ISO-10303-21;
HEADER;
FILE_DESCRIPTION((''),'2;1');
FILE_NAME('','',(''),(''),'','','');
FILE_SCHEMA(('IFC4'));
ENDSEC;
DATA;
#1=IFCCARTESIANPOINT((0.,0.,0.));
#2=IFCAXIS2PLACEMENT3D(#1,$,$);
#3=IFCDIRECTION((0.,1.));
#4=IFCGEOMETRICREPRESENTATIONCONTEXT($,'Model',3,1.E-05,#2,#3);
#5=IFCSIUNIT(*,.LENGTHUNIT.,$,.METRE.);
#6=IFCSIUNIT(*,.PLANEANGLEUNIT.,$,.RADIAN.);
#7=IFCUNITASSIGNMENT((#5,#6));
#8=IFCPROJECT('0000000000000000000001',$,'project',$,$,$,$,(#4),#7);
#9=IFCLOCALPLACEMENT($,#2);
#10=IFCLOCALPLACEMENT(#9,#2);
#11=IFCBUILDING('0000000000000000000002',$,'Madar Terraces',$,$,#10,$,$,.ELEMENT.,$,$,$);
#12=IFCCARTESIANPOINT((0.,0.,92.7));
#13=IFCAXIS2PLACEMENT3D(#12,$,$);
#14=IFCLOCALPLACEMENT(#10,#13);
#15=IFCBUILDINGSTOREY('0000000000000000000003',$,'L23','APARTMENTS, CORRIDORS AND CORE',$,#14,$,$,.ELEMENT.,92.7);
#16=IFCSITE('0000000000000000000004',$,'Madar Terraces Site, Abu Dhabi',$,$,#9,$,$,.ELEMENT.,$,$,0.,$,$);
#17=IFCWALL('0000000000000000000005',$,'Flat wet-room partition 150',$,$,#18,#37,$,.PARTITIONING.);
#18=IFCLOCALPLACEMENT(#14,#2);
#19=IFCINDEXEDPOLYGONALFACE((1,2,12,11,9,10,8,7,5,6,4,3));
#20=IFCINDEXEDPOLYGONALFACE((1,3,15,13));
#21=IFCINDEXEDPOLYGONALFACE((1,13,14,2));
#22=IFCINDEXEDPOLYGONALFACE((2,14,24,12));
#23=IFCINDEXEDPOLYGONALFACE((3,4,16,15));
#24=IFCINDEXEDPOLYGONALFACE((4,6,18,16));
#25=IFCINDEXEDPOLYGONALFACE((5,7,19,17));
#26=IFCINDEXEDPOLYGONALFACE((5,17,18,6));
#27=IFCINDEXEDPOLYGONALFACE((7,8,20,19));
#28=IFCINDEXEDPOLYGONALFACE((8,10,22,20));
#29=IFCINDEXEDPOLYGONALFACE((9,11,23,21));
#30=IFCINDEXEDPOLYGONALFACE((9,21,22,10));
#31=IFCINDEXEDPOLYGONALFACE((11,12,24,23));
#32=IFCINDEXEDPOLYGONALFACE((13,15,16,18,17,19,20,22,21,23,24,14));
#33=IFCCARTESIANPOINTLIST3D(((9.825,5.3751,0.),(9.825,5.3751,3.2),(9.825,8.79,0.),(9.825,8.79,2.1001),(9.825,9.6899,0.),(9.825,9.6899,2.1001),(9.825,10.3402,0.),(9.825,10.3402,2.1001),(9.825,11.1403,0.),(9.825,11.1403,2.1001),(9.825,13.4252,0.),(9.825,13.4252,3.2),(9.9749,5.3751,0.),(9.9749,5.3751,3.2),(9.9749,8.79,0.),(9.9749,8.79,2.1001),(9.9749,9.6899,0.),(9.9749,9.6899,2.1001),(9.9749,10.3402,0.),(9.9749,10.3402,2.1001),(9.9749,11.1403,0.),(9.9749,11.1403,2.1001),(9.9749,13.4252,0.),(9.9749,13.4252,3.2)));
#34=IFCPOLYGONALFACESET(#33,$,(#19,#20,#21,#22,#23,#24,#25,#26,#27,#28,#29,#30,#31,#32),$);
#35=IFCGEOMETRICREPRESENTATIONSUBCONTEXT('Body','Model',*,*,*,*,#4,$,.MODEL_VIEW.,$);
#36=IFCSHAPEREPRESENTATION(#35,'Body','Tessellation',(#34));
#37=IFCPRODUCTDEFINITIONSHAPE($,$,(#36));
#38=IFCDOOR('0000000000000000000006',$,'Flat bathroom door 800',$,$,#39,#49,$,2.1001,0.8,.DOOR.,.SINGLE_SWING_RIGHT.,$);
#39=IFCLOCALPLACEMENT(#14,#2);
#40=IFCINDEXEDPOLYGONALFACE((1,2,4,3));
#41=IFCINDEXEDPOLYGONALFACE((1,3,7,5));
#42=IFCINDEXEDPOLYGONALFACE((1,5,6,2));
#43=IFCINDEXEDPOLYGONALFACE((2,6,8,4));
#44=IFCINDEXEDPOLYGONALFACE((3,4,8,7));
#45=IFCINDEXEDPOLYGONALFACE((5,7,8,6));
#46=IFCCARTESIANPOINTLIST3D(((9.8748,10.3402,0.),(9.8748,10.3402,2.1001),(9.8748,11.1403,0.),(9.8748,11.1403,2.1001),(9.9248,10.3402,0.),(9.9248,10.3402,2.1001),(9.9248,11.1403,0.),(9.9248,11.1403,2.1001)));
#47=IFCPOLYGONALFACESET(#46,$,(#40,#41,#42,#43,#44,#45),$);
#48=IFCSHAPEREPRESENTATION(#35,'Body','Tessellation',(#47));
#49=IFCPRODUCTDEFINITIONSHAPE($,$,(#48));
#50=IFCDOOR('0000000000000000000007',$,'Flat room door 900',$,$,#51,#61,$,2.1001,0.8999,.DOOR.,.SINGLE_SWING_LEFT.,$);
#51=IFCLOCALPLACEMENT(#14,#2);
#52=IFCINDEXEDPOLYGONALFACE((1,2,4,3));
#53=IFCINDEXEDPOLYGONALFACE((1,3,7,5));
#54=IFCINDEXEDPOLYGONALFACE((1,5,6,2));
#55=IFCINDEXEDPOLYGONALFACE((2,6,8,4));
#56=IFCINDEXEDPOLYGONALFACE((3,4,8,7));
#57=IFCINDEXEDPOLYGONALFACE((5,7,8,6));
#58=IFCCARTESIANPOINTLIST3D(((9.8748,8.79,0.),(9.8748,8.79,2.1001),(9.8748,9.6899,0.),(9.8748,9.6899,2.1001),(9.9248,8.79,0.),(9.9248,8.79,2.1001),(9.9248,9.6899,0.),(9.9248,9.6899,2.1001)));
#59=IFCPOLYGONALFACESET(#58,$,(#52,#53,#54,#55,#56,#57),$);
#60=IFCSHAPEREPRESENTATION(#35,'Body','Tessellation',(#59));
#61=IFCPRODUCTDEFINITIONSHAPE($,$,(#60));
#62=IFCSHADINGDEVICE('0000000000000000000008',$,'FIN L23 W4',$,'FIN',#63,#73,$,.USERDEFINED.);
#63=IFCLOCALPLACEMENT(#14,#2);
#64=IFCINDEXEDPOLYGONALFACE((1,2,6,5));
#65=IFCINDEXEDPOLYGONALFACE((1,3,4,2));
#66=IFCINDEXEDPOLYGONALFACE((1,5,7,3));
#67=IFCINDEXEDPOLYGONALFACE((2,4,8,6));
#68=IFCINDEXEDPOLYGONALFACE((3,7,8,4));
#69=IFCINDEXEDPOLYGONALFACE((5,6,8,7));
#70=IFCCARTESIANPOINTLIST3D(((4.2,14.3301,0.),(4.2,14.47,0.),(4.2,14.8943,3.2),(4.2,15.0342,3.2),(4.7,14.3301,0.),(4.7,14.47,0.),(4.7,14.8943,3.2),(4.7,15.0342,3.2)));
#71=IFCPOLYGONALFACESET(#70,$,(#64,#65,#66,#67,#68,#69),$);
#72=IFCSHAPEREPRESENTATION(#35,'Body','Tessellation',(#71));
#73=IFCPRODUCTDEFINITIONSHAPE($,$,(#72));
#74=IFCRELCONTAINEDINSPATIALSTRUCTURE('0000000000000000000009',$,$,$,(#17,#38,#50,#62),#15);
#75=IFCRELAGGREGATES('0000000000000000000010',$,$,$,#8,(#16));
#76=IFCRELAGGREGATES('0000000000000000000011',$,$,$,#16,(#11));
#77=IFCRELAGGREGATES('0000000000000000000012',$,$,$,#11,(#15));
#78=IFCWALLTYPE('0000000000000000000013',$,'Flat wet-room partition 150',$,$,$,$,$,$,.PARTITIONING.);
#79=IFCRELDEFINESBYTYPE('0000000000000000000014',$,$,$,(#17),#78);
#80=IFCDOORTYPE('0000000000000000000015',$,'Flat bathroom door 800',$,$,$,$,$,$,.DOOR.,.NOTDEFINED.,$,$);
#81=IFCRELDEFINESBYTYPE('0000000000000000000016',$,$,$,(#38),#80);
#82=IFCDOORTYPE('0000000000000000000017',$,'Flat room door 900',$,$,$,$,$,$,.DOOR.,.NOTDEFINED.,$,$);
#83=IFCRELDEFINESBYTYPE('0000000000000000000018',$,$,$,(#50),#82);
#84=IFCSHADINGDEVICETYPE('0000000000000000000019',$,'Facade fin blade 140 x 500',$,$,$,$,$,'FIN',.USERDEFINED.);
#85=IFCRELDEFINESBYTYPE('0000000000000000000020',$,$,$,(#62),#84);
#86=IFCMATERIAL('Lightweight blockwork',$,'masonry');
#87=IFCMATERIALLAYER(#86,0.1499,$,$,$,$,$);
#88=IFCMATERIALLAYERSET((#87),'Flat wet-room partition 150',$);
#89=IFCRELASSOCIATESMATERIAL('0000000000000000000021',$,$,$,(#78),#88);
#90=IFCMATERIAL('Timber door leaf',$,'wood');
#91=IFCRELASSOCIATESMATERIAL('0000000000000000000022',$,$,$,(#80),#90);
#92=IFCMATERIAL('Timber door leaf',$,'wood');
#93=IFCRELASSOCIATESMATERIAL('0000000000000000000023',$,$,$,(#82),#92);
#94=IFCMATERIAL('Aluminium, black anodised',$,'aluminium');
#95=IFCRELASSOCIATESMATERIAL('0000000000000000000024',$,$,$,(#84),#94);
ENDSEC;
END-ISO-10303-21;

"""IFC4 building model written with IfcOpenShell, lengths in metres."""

from ifc_helpers import new_model, si_unit, direction, frame, frame_2d, origin, place, context, subcontext, project, spatial, polyline, rectangle, outline, extrude, material, layer, layer_set, type_object, element, fill, save


model = new_model("IFC4")

# Units and contexts
model_context = context("Model", 3, precision=1e-05, world=origin(), true_north=direction((0.0, 1.0)))
body_context = subcontext(model_context, "Body", "Model", "MODEL_VIEW")
ifc_project = project(units=[si_unit("LENGTHUNIT", "METRE"), si_unit("PLANEANGLEUNIT", "RADIAN")], contexts=[model_context])

# Site, building, storey
site_placement = place(None, origin())
site = spatial("IfcSite", under=ifc_project, at=site_placement, Name="Madar Terraces Site, Abu Dhabi", CompositionType="ELEMENT", RefElevation=0.0)
building_placement = place(site_placement, origin())
building = spatial("IfcBuilding", under=site, at=building_placement, Name="Madar Terraces", CompositionType="ELEMENT")
storey_placement = place(building_placement, frame((0.0, 0.0, 92.7)))
storey = spatial("IfcBuildingStorey", under=building, at=storey_placement, Name="L23", Description="APARTMENTS, CORRIDORS AND CORE", CompositionType="ELEMENT", Elevation=92.7)

# Shared definitions
ifc_material_1 = material(Name="Lightweight blockwork", Category="masonry")
ifc_layer_1 = layer(ifc_material_1, 0.1499)
ifc_layer_set_1 = layer_set([ifc_layer_1], Name="Flat wet-room partition 150")
wall_type_1 = type_object("IfcWallType", Name="Flat wet-room partition 150", PredefinedType="PARTITIONING", material=ifc_layer_set_1)
ifc_material_2 = material(Name="Timber door leaf", Category="wood")
door_type_1 = type_object("IfcDoorType", Name="Flat bathroom door 800", OperationType="NOTDEFINED", PredefinedType="DOOR", material=ifc_material_2)
ifc_material_3 = material(Name="Timber door leaf", Category="wood")
door_type_2 = type_object("IfcDoorType", Name="Flat room door 900", OperationType="NOTDEFINED", PredefinedType="DOOR", material=ifc_material_3)

# Wall, openings, doors
wall_1_placement = place(storey_placement, frame((9.8999, 13.425, 0.0), z_axis=(0.0, 0.0, 1.0), x_axis=(0.0, -1.0, 0.0)))
wall_1 = element("IfcWall", 1, at=wall_1_placement, inside=storey, type_object=wall_type_1, Name="Flat wet-room partition 150", PredefinedType="PARTITIONING", context=body_context, shape_type="SweptSolid", body=[
    extrude(rectangle(XDim=8.05, YDim=0.1499, at=frame_2d((4.0249, 0.0))), origin(), (0.0, 0.0, 1.0), 3.2),
])
opening_1_placement = place(wall_1_placement, frame((2.2849, 0.0, 0.0)))
opening_1 = element("IfcOpeningElement", 2, at=opening_1_placement, cuts=wall_1, PredefinedType="OPENING", context=body_context, shape_type="SweptSolid", body=[
    extrude(rectangle(XDim=0.8, YDim=2.1001, at=frame_2d((0.3999, 1.05))), frame((0.0, 0.085, 0.0), z_axis=(0.0, -1.0, 0.0), x_axis=(1.0, 0.0, 0.0)), (0.0, 0.0, 1.0), 0.1699),
])
opening_2_placement = place(wall_1_placement, frame((3.7351, 0.0, 0.0)))
opening_2 = element("IfcOpeningElement", 3, at=opening_2_placement, cuts=wall_1, PredefinedType="OPENING", context=body_context, shape_type="SweptSolid", body=[
    extrude(rectangle(XDim=0.8999, YDim=2.1001, at=frame_2d((0.45, 1.05))), frame((0.0, 0.085, 0.0), z_axis=(0.0, -1.0, 0.0), x_axis=(1.0, 0.0, 0.0)), (0.0, 0.0, 1.0), 0.1699),
])
door_1_placement = place(opening_1_placement, origin())
door_1 = element("IfcDoor", 4, at=door_1_placement, inside=storey, type_object=door_type_1, Name="Flat bathroom door 800", OperationType="SINGLE_SWING_RIGHT", OverallHeight=2.1001, OverallWidth=0.8, PredefinedType="DOOR", context=body_context, shape_type="SweptSolid", body=[
    extrude(rectangle(XDim=0.8, YDim=2.1001, at=frame_2d((0.3999, 1.05))), frame((0.0, 0.0249, 0.0), z_axis=(0.0, -1.0, 0.0), x_axis=(1.0, 0.0, 0.0)), (0.0, 0.0, 1.0), 0.05),
])
fill(opening_1, door_1)
door_2_placement = place(opening_2_placement, origin())
door_2 = element("IfcDoor", 5, at=door_2_placement, inside=storey, type_object=door_type_2, Name="Flat room door 900", OperationType="SINGLE_SWING_LEFT", OverallHeight=2.1001, OverallWidth=0.8999, PredefinedType="DOOR", context=body_context, shape_type="SweptSolid", body=[
    extrude(rectangle(XDim=0.8999, YDim=2.1001, at=frame_2d((0.45, 1.05))), frame((0.0, 0.0249, 0.0), z_axis=(0.0, -1.0, 0.0), x_axis=(1.0, 0.0, 0.0)), (0.0, 0.0, 1.0), 0.05),
])
fill(opening_2, door_2)

# Shading device
ifc_material_4 = material(Name="Aluminium, black anodised", Category="aluminium")
shading_device_type = type_object("IfcShadingDeviceType", Name="Facade fin blade 140 x 500", ElementType="FIN", PredefinedType="USERDEFINED", material=ifc_material_4)
shading_device_placement = place(storey_placement, frame((4.45, 14.47, 0.0), z_axis=(0.0, 0.0, 1.0), x_axis=(0.0, -1.0, 0.0)))
element("IfcShadingDevice", 6, at=shading_device_placement, inside=storey, type_object=shading_device_type, Name="FIN L23 W4", ObjectType="FIN", PredefinedType="USERDEFINED", context=body_context, shape_type="SweptSolid", body=[
    extrude(outline(polyline([(0.0, 0.0), (0.1399, 0.0), (-0.4243, 3.2), (-0.5642, 3.2), (0.0, 0.0)])), frame((0.0, 0.25, 0.0), z_axis=(0.0, -1.0, 0.0), x_axis=(1.0, 0.0, 0.0)), (0.0, 0.0, 1.0), 0.5),
])

save(model, "model.ifc")
